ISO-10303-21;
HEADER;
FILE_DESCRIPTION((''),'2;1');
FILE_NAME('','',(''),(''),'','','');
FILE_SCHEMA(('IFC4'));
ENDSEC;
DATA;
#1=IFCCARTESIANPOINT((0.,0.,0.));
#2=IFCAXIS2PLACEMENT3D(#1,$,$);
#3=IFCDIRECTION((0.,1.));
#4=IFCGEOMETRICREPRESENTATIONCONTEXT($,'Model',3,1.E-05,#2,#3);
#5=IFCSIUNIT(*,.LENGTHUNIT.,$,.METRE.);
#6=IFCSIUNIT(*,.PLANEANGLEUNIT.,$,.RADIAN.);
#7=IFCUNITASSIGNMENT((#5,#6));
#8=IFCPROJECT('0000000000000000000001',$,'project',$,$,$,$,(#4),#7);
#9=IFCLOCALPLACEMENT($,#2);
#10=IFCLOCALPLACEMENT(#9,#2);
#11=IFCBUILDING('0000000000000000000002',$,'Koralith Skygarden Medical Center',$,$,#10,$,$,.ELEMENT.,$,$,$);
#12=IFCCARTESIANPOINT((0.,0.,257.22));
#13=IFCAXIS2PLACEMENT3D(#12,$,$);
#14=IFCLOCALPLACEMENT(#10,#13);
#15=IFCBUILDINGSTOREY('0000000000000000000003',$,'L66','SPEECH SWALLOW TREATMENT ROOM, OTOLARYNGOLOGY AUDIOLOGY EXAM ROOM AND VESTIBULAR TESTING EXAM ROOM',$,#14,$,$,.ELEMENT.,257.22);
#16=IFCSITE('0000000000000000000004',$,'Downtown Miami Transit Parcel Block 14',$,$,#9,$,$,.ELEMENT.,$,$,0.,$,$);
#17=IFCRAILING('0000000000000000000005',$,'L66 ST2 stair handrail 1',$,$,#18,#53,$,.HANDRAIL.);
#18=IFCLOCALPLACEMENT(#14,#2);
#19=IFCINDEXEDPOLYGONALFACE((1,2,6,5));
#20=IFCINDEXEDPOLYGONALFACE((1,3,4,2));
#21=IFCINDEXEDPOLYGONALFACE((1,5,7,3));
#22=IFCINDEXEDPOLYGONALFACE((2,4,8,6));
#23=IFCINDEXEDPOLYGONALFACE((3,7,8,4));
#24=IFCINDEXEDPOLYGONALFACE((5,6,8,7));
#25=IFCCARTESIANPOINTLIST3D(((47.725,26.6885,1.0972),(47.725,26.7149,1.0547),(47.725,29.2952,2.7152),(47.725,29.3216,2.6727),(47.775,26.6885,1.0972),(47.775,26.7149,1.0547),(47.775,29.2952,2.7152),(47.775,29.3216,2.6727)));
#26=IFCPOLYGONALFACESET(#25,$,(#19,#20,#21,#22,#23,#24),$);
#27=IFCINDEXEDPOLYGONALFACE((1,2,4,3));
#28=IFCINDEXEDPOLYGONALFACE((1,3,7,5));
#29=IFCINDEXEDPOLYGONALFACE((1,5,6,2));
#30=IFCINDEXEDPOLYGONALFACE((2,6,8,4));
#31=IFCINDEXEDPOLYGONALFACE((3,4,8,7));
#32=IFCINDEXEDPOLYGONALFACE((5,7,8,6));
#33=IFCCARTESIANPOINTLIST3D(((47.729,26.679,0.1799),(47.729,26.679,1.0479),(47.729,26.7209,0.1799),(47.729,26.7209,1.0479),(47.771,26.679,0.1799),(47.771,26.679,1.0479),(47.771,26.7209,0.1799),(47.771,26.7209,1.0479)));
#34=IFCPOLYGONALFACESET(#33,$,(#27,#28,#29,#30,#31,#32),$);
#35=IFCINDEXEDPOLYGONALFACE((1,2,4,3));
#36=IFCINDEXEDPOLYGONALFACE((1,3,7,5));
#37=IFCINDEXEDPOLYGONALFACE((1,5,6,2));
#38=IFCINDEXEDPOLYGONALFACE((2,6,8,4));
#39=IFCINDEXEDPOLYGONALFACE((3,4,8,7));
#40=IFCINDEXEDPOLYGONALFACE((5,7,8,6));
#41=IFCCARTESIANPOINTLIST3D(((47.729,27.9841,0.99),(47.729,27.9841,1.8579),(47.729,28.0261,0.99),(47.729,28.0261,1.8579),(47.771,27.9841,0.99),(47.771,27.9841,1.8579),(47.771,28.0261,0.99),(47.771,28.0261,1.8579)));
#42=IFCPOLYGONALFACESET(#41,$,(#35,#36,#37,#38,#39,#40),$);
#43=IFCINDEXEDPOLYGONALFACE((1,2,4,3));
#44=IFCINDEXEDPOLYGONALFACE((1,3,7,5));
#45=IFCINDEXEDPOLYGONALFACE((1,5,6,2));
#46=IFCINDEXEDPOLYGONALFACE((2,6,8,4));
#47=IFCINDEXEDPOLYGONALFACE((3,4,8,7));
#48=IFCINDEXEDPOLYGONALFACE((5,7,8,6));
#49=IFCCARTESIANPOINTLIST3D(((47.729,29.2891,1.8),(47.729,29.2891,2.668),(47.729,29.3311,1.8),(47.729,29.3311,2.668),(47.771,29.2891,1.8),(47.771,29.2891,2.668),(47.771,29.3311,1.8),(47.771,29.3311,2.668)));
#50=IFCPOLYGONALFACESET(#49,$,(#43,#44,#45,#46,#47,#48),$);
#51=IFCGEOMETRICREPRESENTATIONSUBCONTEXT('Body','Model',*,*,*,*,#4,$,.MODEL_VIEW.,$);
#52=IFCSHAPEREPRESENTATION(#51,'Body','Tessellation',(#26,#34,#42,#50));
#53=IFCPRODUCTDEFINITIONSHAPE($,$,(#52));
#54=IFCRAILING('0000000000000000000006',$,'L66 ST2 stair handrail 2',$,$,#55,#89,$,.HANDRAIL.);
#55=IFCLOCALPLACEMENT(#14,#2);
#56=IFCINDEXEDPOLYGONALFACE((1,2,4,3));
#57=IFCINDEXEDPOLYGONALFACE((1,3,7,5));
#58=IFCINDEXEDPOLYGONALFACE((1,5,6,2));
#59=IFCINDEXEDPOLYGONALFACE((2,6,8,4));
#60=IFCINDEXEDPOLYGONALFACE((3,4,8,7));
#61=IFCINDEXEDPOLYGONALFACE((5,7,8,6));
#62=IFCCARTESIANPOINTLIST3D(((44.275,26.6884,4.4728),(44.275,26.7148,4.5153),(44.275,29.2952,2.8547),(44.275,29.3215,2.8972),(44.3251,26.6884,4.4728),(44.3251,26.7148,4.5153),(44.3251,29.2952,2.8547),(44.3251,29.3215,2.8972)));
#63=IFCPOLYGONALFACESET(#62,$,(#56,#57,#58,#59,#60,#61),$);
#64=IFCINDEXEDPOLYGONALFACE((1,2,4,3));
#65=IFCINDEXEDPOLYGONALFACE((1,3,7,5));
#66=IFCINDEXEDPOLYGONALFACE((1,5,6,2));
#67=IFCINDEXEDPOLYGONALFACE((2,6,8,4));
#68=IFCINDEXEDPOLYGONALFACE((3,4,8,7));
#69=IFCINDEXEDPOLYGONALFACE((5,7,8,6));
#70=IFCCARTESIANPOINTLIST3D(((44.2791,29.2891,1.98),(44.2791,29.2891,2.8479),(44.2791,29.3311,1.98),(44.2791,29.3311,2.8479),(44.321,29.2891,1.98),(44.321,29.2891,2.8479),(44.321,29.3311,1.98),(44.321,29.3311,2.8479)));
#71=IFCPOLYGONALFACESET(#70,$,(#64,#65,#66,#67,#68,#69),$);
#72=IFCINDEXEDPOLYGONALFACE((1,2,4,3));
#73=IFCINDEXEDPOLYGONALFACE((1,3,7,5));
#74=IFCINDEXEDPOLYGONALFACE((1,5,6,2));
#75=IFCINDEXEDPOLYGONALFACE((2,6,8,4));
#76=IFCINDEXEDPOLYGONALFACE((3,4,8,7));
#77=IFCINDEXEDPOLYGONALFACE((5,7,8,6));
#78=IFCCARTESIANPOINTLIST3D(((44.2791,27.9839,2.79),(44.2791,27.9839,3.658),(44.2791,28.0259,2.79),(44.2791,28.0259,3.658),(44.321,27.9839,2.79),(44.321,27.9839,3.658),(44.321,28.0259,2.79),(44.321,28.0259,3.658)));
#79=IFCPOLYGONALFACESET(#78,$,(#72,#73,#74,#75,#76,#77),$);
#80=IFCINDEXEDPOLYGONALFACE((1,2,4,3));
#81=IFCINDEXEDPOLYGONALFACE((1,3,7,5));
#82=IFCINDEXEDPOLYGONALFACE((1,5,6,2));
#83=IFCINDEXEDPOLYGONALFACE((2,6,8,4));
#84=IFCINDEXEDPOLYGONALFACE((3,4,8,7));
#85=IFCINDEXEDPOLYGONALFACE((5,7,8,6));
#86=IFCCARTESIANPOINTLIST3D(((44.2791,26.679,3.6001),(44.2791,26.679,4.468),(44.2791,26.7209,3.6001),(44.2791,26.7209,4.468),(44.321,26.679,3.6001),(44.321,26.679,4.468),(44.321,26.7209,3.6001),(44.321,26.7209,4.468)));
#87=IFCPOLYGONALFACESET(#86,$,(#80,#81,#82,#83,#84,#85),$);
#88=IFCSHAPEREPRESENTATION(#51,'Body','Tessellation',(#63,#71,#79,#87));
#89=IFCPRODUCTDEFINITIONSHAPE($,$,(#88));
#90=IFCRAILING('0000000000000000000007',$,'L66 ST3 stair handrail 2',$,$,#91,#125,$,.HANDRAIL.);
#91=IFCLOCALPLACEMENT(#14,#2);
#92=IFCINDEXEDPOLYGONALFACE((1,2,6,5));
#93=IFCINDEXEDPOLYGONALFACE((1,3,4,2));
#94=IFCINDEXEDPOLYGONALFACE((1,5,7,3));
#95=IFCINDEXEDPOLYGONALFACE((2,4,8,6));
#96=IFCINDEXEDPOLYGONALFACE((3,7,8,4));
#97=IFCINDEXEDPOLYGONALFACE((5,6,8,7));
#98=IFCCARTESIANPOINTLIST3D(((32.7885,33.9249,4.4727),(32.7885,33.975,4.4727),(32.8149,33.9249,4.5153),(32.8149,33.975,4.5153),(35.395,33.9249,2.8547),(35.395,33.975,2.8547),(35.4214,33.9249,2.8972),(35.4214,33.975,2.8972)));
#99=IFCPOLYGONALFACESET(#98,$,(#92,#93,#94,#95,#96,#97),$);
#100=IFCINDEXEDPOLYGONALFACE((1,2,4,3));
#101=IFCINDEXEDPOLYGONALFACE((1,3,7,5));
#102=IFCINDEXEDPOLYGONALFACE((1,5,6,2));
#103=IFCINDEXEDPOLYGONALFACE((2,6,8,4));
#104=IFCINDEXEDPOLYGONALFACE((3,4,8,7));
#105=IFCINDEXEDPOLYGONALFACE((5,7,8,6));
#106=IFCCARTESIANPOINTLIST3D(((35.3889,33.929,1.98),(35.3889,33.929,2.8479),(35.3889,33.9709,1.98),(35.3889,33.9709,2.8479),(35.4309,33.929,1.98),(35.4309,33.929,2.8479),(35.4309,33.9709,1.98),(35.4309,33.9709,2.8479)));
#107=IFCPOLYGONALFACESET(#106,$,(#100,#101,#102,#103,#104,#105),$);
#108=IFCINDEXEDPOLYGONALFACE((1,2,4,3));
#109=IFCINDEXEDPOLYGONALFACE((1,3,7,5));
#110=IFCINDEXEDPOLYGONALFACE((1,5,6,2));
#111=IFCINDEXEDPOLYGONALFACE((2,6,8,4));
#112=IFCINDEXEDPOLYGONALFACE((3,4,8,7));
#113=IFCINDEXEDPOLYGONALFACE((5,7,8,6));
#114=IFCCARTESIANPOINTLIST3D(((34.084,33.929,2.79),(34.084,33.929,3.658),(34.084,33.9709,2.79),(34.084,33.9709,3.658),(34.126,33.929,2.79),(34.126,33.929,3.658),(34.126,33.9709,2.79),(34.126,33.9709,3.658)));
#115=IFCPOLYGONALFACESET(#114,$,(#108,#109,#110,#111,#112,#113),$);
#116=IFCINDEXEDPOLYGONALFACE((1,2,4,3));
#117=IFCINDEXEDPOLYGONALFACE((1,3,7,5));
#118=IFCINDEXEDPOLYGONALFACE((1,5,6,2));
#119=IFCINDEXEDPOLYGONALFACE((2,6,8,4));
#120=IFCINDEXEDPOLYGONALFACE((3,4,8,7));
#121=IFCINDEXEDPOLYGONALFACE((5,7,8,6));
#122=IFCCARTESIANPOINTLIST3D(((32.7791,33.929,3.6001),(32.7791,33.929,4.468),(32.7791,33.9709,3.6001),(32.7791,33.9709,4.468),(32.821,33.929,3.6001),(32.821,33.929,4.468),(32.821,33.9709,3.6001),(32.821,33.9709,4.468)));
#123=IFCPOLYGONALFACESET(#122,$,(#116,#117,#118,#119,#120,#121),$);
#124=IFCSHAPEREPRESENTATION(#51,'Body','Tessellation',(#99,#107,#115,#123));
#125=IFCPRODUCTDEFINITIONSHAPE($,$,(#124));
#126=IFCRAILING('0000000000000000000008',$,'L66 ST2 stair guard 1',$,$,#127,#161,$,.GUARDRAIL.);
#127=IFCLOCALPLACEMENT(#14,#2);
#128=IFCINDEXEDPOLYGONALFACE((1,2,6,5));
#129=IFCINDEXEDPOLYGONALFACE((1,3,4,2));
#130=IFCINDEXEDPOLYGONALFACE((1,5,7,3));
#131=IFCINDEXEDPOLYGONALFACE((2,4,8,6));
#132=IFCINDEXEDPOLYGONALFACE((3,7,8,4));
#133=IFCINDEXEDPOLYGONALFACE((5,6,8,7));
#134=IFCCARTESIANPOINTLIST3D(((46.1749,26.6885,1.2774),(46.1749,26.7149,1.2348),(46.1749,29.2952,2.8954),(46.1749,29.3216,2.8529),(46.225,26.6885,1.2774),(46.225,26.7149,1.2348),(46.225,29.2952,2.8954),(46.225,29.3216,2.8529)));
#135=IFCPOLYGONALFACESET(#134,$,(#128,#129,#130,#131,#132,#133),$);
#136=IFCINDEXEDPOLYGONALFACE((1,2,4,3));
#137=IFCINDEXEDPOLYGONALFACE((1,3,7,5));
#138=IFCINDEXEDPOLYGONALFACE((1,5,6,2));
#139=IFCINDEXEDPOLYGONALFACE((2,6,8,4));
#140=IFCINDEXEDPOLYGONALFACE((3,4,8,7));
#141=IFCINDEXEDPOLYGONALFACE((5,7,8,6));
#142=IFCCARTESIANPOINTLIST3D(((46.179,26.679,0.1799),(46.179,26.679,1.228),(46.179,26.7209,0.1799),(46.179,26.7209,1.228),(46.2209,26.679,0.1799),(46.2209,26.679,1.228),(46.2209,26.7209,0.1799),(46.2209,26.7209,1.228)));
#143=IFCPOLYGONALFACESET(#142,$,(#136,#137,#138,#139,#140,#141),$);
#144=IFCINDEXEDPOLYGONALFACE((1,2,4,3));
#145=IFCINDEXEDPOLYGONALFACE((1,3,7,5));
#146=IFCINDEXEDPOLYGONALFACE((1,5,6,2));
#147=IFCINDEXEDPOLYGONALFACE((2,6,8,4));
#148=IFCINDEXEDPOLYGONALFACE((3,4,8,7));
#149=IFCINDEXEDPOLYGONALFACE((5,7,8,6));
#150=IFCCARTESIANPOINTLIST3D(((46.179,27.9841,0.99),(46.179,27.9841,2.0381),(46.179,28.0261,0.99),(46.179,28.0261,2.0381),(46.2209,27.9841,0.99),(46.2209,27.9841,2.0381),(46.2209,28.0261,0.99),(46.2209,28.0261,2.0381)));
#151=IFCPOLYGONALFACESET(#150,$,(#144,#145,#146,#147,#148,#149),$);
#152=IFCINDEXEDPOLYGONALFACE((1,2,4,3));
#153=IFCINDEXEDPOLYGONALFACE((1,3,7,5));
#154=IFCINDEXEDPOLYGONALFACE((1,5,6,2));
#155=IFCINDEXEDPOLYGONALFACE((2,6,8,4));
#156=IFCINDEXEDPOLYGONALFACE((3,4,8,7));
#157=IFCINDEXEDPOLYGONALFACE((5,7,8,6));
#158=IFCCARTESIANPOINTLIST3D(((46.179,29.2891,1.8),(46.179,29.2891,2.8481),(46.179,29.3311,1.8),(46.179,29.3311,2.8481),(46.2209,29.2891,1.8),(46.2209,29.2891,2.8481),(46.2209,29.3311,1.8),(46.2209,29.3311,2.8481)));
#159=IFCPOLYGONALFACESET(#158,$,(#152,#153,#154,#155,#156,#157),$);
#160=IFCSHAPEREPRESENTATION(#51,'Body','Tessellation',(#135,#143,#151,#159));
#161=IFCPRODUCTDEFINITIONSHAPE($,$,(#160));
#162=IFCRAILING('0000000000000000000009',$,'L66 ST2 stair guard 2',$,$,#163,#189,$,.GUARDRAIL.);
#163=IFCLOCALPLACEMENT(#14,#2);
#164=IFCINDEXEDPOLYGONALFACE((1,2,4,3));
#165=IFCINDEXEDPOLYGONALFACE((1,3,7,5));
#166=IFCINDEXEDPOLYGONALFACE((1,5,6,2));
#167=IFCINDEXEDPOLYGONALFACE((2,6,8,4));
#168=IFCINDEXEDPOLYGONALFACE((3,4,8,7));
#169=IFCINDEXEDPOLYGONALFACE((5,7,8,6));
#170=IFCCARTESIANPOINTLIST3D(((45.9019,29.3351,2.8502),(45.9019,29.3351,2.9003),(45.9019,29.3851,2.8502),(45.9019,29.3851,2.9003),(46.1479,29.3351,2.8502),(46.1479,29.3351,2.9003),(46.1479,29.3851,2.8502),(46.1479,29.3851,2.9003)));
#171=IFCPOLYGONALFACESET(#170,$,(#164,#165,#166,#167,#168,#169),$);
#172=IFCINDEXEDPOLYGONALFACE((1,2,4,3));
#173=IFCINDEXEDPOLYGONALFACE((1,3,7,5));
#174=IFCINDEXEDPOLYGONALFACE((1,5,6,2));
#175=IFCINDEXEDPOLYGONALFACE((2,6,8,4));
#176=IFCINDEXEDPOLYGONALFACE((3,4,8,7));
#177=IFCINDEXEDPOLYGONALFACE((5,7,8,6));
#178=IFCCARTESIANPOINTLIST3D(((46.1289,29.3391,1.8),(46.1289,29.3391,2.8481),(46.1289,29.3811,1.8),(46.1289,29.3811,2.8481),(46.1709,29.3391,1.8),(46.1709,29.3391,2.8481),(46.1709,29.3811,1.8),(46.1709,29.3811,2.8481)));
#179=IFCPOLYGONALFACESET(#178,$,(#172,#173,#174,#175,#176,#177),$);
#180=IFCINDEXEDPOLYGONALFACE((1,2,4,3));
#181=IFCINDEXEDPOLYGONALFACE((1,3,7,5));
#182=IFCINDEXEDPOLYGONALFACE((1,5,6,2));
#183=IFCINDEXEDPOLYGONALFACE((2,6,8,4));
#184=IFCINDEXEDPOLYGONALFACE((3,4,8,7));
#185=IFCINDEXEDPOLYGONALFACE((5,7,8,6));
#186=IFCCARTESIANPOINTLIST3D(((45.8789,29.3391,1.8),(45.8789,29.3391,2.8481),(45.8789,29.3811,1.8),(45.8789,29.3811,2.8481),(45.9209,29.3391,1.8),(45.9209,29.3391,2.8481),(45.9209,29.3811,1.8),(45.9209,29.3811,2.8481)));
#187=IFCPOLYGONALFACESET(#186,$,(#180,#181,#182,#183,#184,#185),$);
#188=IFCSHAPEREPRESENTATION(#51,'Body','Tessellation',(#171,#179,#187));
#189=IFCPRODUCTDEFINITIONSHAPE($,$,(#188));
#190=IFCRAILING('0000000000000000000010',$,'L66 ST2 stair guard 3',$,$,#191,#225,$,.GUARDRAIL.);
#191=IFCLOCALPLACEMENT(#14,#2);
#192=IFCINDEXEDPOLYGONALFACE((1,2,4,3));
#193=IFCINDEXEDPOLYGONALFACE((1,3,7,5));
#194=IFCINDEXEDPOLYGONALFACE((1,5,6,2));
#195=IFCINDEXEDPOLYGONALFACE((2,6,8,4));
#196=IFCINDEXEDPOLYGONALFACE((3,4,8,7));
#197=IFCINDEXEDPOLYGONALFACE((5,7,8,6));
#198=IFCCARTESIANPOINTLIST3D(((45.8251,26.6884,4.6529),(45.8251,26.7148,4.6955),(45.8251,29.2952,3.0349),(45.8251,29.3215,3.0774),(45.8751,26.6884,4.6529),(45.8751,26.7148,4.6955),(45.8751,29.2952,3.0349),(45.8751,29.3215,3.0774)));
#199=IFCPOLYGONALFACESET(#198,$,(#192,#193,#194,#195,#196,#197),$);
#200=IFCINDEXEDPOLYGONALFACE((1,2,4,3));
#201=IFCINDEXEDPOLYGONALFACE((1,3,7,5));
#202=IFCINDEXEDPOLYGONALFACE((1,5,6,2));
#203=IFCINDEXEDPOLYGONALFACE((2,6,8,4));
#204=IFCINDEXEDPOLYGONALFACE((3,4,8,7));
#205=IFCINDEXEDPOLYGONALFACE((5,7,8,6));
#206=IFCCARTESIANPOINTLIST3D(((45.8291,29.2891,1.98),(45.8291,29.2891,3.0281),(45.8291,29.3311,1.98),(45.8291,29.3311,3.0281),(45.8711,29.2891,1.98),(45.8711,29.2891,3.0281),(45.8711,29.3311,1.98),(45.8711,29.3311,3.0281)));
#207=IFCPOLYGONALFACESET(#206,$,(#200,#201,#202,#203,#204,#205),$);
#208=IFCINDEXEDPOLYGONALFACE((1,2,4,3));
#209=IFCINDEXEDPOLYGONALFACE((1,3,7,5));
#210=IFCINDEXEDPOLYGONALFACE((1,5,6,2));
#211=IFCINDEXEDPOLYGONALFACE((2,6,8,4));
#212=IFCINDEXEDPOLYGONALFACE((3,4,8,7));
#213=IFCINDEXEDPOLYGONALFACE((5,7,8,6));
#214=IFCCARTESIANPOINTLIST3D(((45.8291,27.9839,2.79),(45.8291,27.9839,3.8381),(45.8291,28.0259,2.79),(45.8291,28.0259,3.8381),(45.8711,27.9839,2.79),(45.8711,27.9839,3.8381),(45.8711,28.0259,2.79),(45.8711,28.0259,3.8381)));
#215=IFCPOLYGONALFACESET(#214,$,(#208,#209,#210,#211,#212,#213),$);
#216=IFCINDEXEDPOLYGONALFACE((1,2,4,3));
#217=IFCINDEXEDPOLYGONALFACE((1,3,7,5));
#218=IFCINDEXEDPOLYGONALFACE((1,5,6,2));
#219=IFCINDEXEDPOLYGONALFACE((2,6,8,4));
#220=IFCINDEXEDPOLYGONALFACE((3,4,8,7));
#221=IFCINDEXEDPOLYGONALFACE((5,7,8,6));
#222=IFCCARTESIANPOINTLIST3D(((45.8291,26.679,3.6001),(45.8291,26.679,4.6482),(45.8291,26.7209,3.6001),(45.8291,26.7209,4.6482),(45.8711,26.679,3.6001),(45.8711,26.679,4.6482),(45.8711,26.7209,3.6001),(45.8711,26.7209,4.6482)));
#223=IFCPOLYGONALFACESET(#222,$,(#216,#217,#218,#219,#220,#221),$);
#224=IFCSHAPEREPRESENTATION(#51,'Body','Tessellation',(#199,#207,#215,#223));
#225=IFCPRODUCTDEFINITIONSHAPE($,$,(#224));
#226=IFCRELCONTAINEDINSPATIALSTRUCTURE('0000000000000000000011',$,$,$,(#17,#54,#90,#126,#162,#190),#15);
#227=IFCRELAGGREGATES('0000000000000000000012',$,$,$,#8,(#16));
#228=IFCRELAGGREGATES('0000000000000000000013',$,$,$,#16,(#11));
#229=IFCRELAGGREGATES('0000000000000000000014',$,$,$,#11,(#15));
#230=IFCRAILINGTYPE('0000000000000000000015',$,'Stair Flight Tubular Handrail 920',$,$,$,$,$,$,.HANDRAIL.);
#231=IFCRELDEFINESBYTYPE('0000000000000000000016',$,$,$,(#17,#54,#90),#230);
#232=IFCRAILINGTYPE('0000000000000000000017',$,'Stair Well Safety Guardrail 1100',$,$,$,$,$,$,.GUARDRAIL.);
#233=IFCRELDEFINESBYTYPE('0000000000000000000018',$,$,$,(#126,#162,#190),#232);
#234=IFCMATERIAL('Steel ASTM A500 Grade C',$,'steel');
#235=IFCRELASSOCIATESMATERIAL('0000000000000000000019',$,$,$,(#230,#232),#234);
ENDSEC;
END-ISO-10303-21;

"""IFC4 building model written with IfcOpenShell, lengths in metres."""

from ifc_helpers import new_model, si_unit, direction, frame, origin, origin_2d, place, context, subcontext, project, spatial, rectangle, extrude, material, type_object, element, save


model = new_model("IFC4")

# Units and contexts
model_context = context("Model", 3, precision=1e-05, world=origin(), true_north=direction((0.0, 1.0)))
body_context = subcontext(model_context, "Body", "Model", "MODEL_VIEW")
ifc_project = project(units=[si_unit("LENGTHUNIT", "METRE"), si_unit("PLANEANGLEUNIT", "RADIAN")], contexts=[model_context])

# Site, building, storey
site_placement = place(None, origin())
site = spatial("IfcSite", under=ifc_project, at=site_placement, Name="Downtown Miami Transit Parcel Block 14", CompositionType="ELEMENT", RefElevation=0.0)
building_placement = place(site_placement, origin())
building = spatial("IfcBuilding", under=site, at=building_placement, Name="Koralith Skygarden Medical Center", CompositionType="ELEMENT")
storey_placement = place(building_placement, frame((0.0, 0.0, 257.22)))
storey = spatial("IfcBuildingStorey", under=building, at=storey_placement, Name="L66", Description="SPEECH SWALLOW TREATMENT ROOM, OTOLARYNGOLOGY AUDIOLOGY EXAM ROOM AND VESTIBULAR TESTING EXAM ROOM", CompositionType="ELEMENT", Elevation=257.22)

# Railings
ifc_material_1 = material(Name="Steel ASTM A500 Grade C", Category="steel")
railing_type_1 = type_object("IfcRailingType", Name="Stair Flight Tubular Handrail 920", PredefinedType="HANDRAIL", material=ifc_material_1)
railing_1_placement = place(storey_placement, frame((47.75, 26.7, 0.1799)))
element("IfcRailing", 1, at=railing_1_placement, inside=storey, type_object=railing_type_1, Name="L66 ST2 stair handrail 1", PredefinedType="HANDRAIL", context=body_context, shape_type="SweptSolid", body=[
    extrude(rectangle(XDim=0.05, YDim=0.05, at=origin_2d()), frame((0.0, 0.0017, 0.896), z_axis=(0.0, 0.849633, 0.527375), x_axis=(-1.0, 0.0, 0.0)), (0.0, 0.0, 1.0), 3.0681),
    extrude(rectangle(XDim=0.042, YDim=0.042, at=origin_2d()), origin(), (0.0, 0.0, 1.0), 0.8679),
    extrude(rectangle(XDim=0.042, YDim=0.042, at=origin_2d()), frame((0.0, 1.3052, 0.8101)), (0.0, 0.0, 1.0), 0.8679),
    extrude(rectangle(XDim=0.042, YDim=0.042, at=origin_2d()), frame((0.0, 2.6101, 1.6201)), (0.0, 0.0, 1.0), 0.8679),
])
railing_2_placement = place(storey_placement, frame((44.3, 29.3101, 1.98)))
element("IfcRailing", 2, at=railing_2_placement, inside=storey, type_object=railing_type_1, Name="L66 ST2 stair handrail 2", PredefinedType="HANDRAIL", context=body_context, shape_type="SweptSolid", body=[
    extrude(rectangle(XDim=0.05, YDim=0.05, at=origin_2d()), frame((0.0, -0.0017, 0.896), z_axis=(0.0, -0.849633, 0.527375), x_axis=(1.0, 0.0, 0.0)), (0.0, 0.0, 1.0), 3.0681),
    extrude(rectangle(XDim=0.042, YDim=0.042, at=origin_2d()), origin(), (0.0, 0.0, 1.0), 0.8679),
    extrude(rectangle(XDim=0.042, YDim=0.042, at=origin_2d()), frame((0.0, -1.3052, 0.8101)), (0.0, 0.0, 1.0), 0.8679),
    extrude(rectangle(XDim=0.042, YDim=0.042, at=origin_2d()), frame((0.0, -2.6101, 1.6201)), (0.0, 0.0, 1.0), 0.8679),
])
railing_3_placement = place(storey_placement, frame((35.4099, 33.95, 1.98)))
element("IfcRailing", 3, at=railing_3_placement, inside=storey, type_object=railing_type_1, Name="L66 ST3 stair handrail 2", PredefinedType="HANDRAIL", context=body_context, shape_type="SweptSolid", body=[
    extrude(rectangle(XDim=0.05, YDim=0.05, at=origin_2d()), frame((-0.0017, 0.0, 0.896), z_axis=(-0.849611, 0.0, 0.52741), x_axis=(0.0, -1.0, 0.0)), (0.0, 0.0, 1.0), 3.0679),
    extrude(rectangle(XDim=0.042, YDim=0.042, at=origin_2d()), origin(), (0.0, 0.0, 1.0), 0.8679),
    extrude(rectangle(XDim=0.042, YDim=0.042, at=origin_2d()), frame((-1.3049, 0.0, 0.8101)), (0.0, 0.0, 1.0), 0.8679),
    extrude(rectangle(XDim=0.042, YDim=0.042, at=origin_2d()), frame((-2.6099, 0.0, 1.6201)), (0.0, 0.0, 1.0), 0.8679),
])
railing_type_2 = type_object("IfcRailingType", Name="Stair Well Safety Guardrail 1100", PredefinedType="GUARDRAIL", material=ifc_material_1)
railing_4_placement = place(storey_placement, frame((46.2, 26.7, 0.1799)))
element("IfcRailing", 4, at=railing_4_placement, inside=storey, type_object=railing_type_2, Name="L66 ST2 stair guard 1", PredefinedType="GUARDRAIL", context=body_context, shape_type="SweptSolid", body=[
    extrude(rectangle(XDim=0.05, YDim=0.05, at=origin_2d()), frame((0.0, 0.0017, 1.0762), z_axis=(0.0, 0.849633, 0.527375), x_axis=(-1.0, 0.0, 0.0)), (0.0, 0.0, 1.0), 3.0681),
    extrude(rectangle(XDim=0.042, YDim=0.042, at=origin_2d()), origin(), (0.0, 0.0, 1.0), 1.0481),
    extrude(rectangle(XDim=0.042, YDim=0.042, at=origin_2d()), frame((0.0, 1.3052, 0.8101)), (0.0, 0.0, 1.0), 1.0481),
    extrude(rectangle(XDim=0.042, YDim=0.042, at=origin_2d()), frame((0.0, 2.6101, 1.6201)), (0.0, 0.0, 1.0), 1.0481),
])
railing_5_placement = place(storey_placement, frame((46.1499, 29.3601, 1.8)))
element("IfcRailing", 5, at=railing_5_placement, inside=storey, type_object=railing_type_2, Name="L66 ST2 stair guard 2", PredefinedType="GUARDRAIL", context=body_context, shape_type="SweptSolid", body=[
    extrude(rectangle(XDim=0.05, YDim=0.05, at=origin_2d()), frame((-0.002, 0.0, 1.0752), z_axis=(-1.0, 0.0, 0.0), x_axis=(0.0, -1.0, 0.0)), (0.0, 0.0, 1.0), 0.2461),
    extrude(rectangle(XDim=0.042, YDim=0.042, at=origin_2d()), origin(), (0.0, 0.0, 1.0), 1.0481),
    extrude(rectangle(XDim=0.042, YDim=0.042, at=origin_2d()), frame((-0.25, 0.0, 0.0)), (0.0, 0.0, 1.0), 1.0481),
])
railing_6_placement = place(storey_placement, frame((45.8501, 29.3101, 1.98)))
element("IfcRailing", 6, at=railing_6_placement, inside=storey, type_object=railing_type_2, Name="L66 ST2 stair guard 3", PredefinedType="GUARDRAIL", context=body_context, shape_type="SweptSolid", body=[
    extrude(rectangle(XDim=0.05, YDim=0.05, at=origin_2d()), frame((0.0, -0.0017, 1.0762), z_axis=(0.0, -0.849633, 0.527375), x_axis=(1.0, 0.0, 0.0)), (0.0, 0.0, 1.0), 3.0681),
    extrude(rectangle(XDim=0.042, YDim=0.042, at=origin_2d()), origin(), (0.0, 0.0, 1.0), 1.0481),
    extrude(rectangle(XDim=0.042, YDim=0.042, at=origin_2d()), frame((0.0, -1.3052, 0.8101)), (0.0, 0.0, 1.0), 1.0481),
    extrude(rectangle(XDim=0.042, YDim=0.042, at=origin_2d()), frame((0.0, -2.6101, 1.6201)), (0.0, 0.0, 1.0), 1.0481),
])

save(model, "model.ifc")
